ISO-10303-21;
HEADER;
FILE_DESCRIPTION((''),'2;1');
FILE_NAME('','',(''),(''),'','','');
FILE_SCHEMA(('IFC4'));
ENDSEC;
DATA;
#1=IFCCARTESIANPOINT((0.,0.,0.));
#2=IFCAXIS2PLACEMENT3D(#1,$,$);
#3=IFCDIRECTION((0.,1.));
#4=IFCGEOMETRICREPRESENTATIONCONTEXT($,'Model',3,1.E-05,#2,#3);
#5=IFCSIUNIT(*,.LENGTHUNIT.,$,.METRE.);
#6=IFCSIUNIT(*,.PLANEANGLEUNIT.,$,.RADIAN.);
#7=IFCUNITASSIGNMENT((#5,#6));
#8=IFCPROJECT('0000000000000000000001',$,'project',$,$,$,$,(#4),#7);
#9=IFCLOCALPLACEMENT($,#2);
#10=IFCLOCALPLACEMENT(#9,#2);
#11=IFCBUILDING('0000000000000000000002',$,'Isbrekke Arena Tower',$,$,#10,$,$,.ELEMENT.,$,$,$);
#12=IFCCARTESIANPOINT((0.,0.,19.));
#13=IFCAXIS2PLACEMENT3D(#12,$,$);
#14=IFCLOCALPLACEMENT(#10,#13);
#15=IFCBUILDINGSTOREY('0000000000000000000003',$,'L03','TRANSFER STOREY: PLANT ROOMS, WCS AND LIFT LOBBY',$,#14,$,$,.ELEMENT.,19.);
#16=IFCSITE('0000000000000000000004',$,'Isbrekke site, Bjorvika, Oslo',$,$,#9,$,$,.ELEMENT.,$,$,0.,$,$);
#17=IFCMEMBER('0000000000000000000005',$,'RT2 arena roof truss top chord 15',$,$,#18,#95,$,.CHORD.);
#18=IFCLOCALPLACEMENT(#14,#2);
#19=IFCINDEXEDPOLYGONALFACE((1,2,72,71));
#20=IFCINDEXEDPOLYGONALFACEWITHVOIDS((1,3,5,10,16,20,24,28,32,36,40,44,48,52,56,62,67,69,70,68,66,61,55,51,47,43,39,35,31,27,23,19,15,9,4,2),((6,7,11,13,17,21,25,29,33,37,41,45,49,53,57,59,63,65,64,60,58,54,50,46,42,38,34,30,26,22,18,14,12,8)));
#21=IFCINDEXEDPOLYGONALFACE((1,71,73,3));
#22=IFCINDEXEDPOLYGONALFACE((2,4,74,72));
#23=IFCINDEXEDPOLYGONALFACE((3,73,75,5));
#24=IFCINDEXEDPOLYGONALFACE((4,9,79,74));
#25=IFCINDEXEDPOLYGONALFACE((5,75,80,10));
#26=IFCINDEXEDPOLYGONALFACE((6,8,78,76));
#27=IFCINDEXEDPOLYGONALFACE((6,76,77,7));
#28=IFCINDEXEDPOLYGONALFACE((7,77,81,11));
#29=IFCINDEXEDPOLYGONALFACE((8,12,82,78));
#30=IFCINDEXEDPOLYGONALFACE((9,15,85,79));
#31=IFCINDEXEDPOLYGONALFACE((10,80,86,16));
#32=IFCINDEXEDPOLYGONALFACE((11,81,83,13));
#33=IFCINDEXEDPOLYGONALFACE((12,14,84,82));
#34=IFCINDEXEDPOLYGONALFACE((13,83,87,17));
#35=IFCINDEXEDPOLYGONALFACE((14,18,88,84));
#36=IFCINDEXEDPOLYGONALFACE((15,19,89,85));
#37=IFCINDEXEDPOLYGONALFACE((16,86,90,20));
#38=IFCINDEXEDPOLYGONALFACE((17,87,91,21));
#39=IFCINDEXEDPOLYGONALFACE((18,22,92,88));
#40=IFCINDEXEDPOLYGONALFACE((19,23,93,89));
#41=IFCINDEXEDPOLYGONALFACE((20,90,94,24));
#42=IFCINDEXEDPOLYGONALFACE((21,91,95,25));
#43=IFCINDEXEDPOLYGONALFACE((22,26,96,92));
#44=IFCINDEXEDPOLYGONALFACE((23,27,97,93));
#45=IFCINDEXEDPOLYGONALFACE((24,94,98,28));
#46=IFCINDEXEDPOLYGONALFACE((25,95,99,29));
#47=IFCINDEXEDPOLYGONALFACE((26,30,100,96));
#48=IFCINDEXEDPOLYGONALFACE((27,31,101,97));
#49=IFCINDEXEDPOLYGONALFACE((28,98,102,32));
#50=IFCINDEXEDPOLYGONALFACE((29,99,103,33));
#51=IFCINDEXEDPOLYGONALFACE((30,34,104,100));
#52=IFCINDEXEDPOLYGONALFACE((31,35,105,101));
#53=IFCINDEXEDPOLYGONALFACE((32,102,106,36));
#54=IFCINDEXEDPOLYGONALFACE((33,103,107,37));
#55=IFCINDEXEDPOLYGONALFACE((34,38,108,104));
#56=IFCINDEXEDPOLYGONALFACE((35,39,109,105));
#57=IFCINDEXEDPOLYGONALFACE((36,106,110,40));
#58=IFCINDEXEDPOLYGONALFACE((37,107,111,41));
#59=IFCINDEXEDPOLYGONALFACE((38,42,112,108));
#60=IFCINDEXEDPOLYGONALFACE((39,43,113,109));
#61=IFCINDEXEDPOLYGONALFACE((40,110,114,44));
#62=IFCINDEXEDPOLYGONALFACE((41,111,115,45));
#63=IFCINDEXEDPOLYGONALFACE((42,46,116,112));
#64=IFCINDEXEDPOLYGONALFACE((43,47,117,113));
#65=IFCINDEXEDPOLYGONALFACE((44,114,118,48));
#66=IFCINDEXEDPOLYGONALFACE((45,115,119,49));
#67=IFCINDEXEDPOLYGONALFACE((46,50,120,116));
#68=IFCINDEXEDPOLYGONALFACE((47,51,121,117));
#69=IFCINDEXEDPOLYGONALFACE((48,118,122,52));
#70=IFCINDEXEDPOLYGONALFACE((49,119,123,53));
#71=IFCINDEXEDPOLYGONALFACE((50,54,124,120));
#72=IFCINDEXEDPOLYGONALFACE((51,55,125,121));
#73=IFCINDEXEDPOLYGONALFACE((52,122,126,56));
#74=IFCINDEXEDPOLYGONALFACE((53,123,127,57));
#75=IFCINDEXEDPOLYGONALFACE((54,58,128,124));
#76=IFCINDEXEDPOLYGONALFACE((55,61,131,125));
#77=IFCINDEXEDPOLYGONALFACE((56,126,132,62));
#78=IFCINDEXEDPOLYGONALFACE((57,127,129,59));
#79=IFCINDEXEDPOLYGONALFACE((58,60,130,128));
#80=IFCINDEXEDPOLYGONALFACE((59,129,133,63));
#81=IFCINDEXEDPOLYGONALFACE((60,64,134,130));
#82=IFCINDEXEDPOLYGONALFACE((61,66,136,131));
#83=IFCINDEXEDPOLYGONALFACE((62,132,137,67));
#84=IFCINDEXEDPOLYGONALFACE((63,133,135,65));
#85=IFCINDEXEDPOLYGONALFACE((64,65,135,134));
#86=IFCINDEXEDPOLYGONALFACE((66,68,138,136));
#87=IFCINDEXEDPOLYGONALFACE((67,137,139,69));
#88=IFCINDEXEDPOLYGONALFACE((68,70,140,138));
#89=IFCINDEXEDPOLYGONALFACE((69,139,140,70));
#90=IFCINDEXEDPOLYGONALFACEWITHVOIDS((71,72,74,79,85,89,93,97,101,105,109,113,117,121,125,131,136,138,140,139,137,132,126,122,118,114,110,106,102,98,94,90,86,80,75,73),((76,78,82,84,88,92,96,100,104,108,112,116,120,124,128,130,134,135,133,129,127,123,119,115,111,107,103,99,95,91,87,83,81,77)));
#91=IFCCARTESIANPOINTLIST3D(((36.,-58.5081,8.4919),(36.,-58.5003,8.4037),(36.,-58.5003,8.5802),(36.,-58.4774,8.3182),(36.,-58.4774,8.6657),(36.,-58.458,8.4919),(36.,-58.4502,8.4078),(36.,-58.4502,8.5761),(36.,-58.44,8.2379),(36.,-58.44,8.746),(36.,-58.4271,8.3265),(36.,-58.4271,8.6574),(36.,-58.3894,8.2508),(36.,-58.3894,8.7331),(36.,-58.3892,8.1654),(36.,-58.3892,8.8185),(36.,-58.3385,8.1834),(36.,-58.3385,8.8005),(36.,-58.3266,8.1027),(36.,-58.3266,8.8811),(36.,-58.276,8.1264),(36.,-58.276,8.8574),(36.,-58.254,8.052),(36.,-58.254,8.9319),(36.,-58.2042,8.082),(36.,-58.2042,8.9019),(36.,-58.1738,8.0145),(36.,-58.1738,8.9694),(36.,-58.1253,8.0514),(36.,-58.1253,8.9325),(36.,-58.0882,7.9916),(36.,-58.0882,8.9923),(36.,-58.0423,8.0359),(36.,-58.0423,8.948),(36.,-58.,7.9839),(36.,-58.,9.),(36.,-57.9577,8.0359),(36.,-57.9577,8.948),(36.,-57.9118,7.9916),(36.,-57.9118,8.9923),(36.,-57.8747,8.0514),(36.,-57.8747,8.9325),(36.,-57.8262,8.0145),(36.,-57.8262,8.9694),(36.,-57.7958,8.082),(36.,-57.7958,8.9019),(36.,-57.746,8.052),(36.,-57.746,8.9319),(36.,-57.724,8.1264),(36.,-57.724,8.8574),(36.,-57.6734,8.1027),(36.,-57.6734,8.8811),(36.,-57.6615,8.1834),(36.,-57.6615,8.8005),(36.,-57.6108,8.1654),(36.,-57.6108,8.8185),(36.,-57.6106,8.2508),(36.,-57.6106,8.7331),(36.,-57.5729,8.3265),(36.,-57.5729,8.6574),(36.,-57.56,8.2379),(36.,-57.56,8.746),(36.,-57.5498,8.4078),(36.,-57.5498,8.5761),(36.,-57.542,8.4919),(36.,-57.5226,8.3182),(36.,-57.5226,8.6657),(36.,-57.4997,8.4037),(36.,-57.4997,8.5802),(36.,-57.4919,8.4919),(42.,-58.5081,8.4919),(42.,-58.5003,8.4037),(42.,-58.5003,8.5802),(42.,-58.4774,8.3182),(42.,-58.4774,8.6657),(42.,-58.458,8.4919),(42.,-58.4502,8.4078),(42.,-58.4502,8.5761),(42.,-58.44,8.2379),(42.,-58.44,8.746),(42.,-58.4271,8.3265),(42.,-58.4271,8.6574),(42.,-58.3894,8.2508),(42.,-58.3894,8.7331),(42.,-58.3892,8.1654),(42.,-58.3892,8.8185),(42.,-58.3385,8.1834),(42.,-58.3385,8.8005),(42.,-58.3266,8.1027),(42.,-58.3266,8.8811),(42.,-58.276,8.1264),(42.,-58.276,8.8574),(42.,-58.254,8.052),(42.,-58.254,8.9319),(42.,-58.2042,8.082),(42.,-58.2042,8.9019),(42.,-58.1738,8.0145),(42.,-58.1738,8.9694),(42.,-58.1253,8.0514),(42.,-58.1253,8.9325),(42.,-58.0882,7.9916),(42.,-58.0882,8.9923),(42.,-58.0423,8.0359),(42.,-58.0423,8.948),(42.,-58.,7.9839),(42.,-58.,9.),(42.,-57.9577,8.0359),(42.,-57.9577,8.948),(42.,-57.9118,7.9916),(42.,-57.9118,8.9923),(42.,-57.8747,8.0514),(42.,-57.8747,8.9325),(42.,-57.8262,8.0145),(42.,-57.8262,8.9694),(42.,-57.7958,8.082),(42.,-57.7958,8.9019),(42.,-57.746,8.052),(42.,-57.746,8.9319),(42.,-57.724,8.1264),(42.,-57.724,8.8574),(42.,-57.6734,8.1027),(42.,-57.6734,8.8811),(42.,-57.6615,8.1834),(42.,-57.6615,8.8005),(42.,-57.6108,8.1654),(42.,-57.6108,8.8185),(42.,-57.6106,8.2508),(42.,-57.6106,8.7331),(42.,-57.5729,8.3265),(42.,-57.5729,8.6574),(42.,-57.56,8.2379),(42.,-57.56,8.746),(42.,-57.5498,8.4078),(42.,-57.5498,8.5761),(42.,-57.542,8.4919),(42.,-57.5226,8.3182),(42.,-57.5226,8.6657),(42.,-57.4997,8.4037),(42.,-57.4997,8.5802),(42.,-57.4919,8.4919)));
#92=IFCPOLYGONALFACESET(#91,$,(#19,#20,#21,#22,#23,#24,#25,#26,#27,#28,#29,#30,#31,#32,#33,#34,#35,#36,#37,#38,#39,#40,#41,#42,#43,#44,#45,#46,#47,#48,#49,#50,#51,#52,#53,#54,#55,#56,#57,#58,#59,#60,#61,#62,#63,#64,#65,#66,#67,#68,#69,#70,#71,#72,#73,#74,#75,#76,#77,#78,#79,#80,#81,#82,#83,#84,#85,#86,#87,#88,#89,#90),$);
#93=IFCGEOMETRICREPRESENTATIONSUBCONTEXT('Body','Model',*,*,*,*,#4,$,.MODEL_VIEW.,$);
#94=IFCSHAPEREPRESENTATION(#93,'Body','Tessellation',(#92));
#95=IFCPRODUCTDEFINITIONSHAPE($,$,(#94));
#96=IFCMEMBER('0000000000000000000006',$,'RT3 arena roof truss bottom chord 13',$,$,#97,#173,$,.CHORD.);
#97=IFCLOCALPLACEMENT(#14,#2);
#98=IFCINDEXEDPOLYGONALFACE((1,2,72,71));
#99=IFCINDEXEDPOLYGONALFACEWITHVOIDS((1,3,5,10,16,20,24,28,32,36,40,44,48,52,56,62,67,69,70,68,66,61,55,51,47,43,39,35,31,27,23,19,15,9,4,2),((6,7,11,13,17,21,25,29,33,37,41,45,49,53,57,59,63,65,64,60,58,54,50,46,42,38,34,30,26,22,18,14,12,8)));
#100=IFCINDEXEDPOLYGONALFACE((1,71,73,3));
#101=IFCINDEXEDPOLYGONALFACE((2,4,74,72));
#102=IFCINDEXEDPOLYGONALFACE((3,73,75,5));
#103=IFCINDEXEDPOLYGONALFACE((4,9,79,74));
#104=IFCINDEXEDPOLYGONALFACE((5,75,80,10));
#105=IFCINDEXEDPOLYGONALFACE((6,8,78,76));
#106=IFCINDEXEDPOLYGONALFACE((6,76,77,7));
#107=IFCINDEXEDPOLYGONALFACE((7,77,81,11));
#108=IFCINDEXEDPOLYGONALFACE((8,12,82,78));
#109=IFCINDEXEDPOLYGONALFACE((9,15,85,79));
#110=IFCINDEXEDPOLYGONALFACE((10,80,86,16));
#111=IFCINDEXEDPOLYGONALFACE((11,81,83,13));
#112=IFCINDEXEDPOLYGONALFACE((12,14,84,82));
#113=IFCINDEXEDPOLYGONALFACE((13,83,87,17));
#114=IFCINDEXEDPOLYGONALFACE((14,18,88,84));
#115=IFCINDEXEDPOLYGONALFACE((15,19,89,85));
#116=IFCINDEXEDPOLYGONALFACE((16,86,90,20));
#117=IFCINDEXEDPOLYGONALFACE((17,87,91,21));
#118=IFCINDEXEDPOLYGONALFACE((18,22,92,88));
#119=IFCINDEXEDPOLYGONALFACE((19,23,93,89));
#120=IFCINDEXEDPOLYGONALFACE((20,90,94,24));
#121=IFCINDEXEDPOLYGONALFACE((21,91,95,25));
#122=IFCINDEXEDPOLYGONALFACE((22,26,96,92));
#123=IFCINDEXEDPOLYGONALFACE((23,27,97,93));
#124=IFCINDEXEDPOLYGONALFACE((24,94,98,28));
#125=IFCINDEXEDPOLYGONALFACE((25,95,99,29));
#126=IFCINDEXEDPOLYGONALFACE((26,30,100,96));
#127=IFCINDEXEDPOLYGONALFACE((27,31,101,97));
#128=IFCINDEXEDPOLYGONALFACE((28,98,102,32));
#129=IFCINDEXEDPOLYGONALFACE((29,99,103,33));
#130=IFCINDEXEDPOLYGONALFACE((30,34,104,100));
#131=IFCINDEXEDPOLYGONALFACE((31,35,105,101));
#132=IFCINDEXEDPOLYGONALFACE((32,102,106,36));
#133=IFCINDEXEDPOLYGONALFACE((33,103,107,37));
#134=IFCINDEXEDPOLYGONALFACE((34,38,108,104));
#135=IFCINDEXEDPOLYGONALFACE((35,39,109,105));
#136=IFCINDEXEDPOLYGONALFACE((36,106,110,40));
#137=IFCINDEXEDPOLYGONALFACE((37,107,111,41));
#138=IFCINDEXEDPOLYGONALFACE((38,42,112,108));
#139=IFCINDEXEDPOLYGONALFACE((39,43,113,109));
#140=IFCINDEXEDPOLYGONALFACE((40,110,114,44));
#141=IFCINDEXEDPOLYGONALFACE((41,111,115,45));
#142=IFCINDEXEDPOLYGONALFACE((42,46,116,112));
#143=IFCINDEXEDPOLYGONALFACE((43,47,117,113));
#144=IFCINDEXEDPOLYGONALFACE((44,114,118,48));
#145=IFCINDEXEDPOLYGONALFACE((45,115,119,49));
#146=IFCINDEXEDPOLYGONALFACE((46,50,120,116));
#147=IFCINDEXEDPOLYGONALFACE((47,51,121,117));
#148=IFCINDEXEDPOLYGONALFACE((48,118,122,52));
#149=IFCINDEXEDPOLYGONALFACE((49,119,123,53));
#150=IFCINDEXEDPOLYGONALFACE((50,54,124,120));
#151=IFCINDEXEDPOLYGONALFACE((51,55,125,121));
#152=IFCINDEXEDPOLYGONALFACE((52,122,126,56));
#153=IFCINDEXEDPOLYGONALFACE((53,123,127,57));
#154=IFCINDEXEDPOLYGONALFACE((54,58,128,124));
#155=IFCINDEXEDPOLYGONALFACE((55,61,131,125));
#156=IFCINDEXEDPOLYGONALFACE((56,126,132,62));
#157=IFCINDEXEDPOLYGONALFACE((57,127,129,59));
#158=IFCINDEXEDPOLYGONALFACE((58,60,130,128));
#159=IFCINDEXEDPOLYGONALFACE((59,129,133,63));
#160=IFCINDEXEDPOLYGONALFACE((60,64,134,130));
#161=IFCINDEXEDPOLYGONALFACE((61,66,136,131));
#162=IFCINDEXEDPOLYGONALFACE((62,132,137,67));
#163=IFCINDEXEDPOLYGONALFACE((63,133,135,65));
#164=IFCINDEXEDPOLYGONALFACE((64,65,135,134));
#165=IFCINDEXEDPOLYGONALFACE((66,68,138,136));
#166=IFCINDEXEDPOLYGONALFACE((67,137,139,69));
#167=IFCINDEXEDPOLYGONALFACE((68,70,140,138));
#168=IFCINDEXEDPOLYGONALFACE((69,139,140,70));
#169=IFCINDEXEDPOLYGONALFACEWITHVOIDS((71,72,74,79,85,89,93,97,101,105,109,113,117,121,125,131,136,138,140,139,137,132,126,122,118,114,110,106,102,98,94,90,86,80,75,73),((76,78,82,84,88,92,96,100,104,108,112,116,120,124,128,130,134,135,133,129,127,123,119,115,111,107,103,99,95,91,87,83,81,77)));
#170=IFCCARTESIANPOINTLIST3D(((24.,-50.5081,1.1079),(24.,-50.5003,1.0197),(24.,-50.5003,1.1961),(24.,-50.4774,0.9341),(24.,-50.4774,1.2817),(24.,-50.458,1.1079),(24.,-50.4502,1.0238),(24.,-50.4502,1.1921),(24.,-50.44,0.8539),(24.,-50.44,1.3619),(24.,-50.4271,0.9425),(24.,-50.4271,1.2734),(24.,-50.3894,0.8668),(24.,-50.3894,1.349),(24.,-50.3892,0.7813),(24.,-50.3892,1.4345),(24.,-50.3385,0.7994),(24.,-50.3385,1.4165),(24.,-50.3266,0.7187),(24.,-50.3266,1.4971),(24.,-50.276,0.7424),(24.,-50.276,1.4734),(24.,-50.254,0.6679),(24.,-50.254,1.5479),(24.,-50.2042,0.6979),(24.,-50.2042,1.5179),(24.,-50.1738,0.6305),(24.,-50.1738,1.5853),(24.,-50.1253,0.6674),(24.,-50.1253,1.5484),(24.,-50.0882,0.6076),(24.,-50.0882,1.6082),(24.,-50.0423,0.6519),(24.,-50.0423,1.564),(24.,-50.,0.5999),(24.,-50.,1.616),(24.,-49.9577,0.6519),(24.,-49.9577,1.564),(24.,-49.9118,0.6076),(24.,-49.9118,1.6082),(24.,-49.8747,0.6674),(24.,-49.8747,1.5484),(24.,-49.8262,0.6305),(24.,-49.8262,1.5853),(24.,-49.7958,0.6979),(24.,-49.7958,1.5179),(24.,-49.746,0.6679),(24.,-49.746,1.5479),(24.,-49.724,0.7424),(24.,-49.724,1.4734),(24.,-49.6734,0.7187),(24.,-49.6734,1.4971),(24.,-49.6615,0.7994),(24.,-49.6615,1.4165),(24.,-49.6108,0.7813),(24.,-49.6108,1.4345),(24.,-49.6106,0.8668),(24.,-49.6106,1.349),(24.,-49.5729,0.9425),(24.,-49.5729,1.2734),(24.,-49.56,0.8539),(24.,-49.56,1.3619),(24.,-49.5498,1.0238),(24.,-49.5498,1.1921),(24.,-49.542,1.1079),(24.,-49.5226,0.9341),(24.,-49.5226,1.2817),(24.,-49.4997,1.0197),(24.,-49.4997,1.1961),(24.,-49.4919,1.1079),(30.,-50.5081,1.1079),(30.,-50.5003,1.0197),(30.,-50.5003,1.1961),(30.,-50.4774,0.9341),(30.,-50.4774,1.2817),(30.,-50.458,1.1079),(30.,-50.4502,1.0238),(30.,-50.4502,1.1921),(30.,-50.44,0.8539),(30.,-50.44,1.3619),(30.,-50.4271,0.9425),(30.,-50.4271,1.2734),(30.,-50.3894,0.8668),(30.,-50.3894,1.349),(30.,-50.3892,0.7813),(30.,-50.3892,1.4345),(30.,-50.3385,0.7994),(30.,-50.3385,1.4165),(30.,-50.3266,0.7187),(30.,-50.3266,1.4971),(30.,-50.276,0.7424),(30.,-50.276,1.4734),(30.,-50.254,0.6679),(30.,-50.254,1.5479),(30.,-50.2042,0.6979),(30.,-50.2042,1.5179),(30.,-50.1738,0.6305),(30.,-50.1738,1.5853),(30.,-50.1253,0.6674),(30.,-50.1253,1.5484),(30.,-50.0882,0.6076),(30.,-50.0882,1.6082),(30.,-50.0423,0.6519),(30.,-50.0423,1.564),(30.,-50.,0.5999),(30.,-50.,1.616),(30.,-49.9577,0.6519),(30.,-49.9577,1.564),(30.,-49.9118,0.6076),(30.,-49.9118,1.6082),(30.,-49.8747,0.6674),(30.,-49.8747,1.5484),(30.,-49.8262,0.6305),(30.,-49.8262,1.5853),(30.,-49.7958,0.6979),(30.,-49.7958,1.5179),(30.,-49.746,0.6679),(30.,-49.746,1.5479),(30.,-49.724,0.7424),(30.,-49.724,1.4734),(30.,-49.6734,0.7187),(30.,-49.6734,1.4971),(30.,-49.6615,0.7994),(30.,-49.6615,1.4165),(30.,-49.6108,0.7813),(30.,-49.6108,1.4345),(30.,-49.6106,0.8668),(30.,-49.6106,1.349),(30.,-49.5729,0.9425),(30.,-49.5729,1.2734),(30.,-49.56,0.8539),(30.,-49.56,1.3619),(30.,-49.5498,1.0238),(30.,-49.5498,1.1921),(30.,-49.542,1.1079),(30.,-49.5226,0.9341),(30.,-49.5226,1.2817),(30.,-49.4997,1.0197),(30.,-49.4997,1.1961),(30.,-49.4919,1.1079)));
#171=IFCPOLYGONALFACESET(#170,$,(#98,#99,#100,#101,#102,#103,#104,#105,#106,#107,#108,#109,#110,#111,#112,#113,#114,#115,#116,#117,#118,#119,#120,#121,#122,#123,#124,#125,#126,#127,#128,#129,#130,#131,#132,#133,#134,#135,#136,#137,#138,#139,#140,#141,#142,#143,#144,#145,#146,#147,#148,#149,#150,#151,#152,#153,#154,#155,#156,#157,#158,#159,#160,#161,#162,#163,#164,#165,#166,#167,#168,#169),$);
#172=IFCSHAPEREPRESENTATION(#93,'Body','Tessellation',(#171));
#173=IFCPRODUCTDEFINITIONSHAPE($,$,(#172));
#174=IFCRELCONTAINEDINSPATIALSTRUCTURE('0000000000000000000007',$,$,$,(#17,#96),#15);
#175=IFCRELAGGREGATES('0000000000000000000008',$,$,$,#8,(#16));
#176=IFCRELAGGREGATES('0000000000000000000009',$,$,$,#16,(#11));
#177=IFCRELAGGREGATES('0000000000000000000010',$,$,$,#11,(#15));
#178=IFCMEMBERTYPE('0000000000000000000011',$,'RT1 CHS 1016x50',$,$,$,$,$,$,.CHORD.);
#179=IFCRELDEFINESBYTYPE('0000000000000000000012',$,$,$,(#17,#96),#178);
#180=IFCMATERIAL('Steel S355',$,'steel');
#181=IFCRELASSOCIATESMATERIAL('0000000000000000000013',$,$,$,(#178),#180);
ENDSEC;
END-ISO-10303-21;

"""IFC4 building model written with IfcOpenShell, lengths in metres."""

from ifc_helpers import new_model, si_unit, direction, frame, origin, origin_2d, place, context, subcontext, project, spatial, hollow_circle, extrude, material, material_profile, profile_set, type_object, element, save


model = new_model("IFC4")

# Units and contexts
model_context = context("Model", 3, precision=1e-05, world=origin(), true_north=direction((0.0, 1.0)))
body_context = subcontext(model_context, "Body", "Model", "MODEL_VIEW")
ifc_project = project(units=[si_unit("LENGTHUNIT", "METRE"), si_unit("PLANEANGLEUNIT", "RADIAN")], contexts=[model_context])

# Site, building, storey
site_placement = place(None, origin())
site = spatial("IfcSite", under=ifc_project, at=site_placement, Name="Isbrekke site, Bjorvika, Oslo", CompositionType="ELEMENT", RefElevation=0.0)
building_placement = place(site_placement, origin())
building = spatial("IfcBuilding", under=site, at=building_placement, Name="Isbrekke Arena Tower", CompositionType="ELEMENT")
storey_placement = place(building_placement, frame((0.0, 0.0, 19.0)))
storey = spatial("IfcBuildingStorey", under=building, at=storey_placement, Name="L03", Description="TRANSFER STOREY: PLANT ROOMS, WCS AND LIFT LOBBY", CompositionType="ELEMENT", Elevation=19.0)

# Members
ifc_material_1 = material(Name="Steel S355", Category="steel")
ifc_material_profile_1 = material_profile(ifc_material_1, hollow_circle(Radius=0.5081, WallThickness=0.05, at=origin_2d()), Name="CHS 1016x50")
ifc_profile_set_1 = profile_set([ifc_material_profile_1], Name="Steel S355")
member_type_1 = type_object("IfcMemberType", Name="RT1 CHS 1016x50", PredefinedType="CHORD", material=ifc_profile_set_1)
for number, where, z_axis, x_axis, name in (
    (1, (36.0, -58.0, 8.4919), (1.0, 0.0, 0.0), (0.0, 1.0, 0.0), "RT2 arena roof truss top chord 15"),
    (2, (24.0, -50.0, 1.1079), (1.0, 0.0, 0.0), (0.0, 1.0, 0.0), "RT3 arena roof truss bottom chord 13"),
):
    element("IfcMember", number, at=place(storey_placement, frame(where, z_axis=z_axis, x_axis=x_axis)), inside=storey, type_object=member_type_1, Name=name, PredefinedType="CHORD", context=body_context, shape_type="SweptSolid", body=[
        extrude(hollow_circle(Radius=0.5081, WallThickness=0.05, at=origin_2d()), origin(), (0.0, 0.0, 1.0), 6.0),
    ])

save(model, "model.ifc")
